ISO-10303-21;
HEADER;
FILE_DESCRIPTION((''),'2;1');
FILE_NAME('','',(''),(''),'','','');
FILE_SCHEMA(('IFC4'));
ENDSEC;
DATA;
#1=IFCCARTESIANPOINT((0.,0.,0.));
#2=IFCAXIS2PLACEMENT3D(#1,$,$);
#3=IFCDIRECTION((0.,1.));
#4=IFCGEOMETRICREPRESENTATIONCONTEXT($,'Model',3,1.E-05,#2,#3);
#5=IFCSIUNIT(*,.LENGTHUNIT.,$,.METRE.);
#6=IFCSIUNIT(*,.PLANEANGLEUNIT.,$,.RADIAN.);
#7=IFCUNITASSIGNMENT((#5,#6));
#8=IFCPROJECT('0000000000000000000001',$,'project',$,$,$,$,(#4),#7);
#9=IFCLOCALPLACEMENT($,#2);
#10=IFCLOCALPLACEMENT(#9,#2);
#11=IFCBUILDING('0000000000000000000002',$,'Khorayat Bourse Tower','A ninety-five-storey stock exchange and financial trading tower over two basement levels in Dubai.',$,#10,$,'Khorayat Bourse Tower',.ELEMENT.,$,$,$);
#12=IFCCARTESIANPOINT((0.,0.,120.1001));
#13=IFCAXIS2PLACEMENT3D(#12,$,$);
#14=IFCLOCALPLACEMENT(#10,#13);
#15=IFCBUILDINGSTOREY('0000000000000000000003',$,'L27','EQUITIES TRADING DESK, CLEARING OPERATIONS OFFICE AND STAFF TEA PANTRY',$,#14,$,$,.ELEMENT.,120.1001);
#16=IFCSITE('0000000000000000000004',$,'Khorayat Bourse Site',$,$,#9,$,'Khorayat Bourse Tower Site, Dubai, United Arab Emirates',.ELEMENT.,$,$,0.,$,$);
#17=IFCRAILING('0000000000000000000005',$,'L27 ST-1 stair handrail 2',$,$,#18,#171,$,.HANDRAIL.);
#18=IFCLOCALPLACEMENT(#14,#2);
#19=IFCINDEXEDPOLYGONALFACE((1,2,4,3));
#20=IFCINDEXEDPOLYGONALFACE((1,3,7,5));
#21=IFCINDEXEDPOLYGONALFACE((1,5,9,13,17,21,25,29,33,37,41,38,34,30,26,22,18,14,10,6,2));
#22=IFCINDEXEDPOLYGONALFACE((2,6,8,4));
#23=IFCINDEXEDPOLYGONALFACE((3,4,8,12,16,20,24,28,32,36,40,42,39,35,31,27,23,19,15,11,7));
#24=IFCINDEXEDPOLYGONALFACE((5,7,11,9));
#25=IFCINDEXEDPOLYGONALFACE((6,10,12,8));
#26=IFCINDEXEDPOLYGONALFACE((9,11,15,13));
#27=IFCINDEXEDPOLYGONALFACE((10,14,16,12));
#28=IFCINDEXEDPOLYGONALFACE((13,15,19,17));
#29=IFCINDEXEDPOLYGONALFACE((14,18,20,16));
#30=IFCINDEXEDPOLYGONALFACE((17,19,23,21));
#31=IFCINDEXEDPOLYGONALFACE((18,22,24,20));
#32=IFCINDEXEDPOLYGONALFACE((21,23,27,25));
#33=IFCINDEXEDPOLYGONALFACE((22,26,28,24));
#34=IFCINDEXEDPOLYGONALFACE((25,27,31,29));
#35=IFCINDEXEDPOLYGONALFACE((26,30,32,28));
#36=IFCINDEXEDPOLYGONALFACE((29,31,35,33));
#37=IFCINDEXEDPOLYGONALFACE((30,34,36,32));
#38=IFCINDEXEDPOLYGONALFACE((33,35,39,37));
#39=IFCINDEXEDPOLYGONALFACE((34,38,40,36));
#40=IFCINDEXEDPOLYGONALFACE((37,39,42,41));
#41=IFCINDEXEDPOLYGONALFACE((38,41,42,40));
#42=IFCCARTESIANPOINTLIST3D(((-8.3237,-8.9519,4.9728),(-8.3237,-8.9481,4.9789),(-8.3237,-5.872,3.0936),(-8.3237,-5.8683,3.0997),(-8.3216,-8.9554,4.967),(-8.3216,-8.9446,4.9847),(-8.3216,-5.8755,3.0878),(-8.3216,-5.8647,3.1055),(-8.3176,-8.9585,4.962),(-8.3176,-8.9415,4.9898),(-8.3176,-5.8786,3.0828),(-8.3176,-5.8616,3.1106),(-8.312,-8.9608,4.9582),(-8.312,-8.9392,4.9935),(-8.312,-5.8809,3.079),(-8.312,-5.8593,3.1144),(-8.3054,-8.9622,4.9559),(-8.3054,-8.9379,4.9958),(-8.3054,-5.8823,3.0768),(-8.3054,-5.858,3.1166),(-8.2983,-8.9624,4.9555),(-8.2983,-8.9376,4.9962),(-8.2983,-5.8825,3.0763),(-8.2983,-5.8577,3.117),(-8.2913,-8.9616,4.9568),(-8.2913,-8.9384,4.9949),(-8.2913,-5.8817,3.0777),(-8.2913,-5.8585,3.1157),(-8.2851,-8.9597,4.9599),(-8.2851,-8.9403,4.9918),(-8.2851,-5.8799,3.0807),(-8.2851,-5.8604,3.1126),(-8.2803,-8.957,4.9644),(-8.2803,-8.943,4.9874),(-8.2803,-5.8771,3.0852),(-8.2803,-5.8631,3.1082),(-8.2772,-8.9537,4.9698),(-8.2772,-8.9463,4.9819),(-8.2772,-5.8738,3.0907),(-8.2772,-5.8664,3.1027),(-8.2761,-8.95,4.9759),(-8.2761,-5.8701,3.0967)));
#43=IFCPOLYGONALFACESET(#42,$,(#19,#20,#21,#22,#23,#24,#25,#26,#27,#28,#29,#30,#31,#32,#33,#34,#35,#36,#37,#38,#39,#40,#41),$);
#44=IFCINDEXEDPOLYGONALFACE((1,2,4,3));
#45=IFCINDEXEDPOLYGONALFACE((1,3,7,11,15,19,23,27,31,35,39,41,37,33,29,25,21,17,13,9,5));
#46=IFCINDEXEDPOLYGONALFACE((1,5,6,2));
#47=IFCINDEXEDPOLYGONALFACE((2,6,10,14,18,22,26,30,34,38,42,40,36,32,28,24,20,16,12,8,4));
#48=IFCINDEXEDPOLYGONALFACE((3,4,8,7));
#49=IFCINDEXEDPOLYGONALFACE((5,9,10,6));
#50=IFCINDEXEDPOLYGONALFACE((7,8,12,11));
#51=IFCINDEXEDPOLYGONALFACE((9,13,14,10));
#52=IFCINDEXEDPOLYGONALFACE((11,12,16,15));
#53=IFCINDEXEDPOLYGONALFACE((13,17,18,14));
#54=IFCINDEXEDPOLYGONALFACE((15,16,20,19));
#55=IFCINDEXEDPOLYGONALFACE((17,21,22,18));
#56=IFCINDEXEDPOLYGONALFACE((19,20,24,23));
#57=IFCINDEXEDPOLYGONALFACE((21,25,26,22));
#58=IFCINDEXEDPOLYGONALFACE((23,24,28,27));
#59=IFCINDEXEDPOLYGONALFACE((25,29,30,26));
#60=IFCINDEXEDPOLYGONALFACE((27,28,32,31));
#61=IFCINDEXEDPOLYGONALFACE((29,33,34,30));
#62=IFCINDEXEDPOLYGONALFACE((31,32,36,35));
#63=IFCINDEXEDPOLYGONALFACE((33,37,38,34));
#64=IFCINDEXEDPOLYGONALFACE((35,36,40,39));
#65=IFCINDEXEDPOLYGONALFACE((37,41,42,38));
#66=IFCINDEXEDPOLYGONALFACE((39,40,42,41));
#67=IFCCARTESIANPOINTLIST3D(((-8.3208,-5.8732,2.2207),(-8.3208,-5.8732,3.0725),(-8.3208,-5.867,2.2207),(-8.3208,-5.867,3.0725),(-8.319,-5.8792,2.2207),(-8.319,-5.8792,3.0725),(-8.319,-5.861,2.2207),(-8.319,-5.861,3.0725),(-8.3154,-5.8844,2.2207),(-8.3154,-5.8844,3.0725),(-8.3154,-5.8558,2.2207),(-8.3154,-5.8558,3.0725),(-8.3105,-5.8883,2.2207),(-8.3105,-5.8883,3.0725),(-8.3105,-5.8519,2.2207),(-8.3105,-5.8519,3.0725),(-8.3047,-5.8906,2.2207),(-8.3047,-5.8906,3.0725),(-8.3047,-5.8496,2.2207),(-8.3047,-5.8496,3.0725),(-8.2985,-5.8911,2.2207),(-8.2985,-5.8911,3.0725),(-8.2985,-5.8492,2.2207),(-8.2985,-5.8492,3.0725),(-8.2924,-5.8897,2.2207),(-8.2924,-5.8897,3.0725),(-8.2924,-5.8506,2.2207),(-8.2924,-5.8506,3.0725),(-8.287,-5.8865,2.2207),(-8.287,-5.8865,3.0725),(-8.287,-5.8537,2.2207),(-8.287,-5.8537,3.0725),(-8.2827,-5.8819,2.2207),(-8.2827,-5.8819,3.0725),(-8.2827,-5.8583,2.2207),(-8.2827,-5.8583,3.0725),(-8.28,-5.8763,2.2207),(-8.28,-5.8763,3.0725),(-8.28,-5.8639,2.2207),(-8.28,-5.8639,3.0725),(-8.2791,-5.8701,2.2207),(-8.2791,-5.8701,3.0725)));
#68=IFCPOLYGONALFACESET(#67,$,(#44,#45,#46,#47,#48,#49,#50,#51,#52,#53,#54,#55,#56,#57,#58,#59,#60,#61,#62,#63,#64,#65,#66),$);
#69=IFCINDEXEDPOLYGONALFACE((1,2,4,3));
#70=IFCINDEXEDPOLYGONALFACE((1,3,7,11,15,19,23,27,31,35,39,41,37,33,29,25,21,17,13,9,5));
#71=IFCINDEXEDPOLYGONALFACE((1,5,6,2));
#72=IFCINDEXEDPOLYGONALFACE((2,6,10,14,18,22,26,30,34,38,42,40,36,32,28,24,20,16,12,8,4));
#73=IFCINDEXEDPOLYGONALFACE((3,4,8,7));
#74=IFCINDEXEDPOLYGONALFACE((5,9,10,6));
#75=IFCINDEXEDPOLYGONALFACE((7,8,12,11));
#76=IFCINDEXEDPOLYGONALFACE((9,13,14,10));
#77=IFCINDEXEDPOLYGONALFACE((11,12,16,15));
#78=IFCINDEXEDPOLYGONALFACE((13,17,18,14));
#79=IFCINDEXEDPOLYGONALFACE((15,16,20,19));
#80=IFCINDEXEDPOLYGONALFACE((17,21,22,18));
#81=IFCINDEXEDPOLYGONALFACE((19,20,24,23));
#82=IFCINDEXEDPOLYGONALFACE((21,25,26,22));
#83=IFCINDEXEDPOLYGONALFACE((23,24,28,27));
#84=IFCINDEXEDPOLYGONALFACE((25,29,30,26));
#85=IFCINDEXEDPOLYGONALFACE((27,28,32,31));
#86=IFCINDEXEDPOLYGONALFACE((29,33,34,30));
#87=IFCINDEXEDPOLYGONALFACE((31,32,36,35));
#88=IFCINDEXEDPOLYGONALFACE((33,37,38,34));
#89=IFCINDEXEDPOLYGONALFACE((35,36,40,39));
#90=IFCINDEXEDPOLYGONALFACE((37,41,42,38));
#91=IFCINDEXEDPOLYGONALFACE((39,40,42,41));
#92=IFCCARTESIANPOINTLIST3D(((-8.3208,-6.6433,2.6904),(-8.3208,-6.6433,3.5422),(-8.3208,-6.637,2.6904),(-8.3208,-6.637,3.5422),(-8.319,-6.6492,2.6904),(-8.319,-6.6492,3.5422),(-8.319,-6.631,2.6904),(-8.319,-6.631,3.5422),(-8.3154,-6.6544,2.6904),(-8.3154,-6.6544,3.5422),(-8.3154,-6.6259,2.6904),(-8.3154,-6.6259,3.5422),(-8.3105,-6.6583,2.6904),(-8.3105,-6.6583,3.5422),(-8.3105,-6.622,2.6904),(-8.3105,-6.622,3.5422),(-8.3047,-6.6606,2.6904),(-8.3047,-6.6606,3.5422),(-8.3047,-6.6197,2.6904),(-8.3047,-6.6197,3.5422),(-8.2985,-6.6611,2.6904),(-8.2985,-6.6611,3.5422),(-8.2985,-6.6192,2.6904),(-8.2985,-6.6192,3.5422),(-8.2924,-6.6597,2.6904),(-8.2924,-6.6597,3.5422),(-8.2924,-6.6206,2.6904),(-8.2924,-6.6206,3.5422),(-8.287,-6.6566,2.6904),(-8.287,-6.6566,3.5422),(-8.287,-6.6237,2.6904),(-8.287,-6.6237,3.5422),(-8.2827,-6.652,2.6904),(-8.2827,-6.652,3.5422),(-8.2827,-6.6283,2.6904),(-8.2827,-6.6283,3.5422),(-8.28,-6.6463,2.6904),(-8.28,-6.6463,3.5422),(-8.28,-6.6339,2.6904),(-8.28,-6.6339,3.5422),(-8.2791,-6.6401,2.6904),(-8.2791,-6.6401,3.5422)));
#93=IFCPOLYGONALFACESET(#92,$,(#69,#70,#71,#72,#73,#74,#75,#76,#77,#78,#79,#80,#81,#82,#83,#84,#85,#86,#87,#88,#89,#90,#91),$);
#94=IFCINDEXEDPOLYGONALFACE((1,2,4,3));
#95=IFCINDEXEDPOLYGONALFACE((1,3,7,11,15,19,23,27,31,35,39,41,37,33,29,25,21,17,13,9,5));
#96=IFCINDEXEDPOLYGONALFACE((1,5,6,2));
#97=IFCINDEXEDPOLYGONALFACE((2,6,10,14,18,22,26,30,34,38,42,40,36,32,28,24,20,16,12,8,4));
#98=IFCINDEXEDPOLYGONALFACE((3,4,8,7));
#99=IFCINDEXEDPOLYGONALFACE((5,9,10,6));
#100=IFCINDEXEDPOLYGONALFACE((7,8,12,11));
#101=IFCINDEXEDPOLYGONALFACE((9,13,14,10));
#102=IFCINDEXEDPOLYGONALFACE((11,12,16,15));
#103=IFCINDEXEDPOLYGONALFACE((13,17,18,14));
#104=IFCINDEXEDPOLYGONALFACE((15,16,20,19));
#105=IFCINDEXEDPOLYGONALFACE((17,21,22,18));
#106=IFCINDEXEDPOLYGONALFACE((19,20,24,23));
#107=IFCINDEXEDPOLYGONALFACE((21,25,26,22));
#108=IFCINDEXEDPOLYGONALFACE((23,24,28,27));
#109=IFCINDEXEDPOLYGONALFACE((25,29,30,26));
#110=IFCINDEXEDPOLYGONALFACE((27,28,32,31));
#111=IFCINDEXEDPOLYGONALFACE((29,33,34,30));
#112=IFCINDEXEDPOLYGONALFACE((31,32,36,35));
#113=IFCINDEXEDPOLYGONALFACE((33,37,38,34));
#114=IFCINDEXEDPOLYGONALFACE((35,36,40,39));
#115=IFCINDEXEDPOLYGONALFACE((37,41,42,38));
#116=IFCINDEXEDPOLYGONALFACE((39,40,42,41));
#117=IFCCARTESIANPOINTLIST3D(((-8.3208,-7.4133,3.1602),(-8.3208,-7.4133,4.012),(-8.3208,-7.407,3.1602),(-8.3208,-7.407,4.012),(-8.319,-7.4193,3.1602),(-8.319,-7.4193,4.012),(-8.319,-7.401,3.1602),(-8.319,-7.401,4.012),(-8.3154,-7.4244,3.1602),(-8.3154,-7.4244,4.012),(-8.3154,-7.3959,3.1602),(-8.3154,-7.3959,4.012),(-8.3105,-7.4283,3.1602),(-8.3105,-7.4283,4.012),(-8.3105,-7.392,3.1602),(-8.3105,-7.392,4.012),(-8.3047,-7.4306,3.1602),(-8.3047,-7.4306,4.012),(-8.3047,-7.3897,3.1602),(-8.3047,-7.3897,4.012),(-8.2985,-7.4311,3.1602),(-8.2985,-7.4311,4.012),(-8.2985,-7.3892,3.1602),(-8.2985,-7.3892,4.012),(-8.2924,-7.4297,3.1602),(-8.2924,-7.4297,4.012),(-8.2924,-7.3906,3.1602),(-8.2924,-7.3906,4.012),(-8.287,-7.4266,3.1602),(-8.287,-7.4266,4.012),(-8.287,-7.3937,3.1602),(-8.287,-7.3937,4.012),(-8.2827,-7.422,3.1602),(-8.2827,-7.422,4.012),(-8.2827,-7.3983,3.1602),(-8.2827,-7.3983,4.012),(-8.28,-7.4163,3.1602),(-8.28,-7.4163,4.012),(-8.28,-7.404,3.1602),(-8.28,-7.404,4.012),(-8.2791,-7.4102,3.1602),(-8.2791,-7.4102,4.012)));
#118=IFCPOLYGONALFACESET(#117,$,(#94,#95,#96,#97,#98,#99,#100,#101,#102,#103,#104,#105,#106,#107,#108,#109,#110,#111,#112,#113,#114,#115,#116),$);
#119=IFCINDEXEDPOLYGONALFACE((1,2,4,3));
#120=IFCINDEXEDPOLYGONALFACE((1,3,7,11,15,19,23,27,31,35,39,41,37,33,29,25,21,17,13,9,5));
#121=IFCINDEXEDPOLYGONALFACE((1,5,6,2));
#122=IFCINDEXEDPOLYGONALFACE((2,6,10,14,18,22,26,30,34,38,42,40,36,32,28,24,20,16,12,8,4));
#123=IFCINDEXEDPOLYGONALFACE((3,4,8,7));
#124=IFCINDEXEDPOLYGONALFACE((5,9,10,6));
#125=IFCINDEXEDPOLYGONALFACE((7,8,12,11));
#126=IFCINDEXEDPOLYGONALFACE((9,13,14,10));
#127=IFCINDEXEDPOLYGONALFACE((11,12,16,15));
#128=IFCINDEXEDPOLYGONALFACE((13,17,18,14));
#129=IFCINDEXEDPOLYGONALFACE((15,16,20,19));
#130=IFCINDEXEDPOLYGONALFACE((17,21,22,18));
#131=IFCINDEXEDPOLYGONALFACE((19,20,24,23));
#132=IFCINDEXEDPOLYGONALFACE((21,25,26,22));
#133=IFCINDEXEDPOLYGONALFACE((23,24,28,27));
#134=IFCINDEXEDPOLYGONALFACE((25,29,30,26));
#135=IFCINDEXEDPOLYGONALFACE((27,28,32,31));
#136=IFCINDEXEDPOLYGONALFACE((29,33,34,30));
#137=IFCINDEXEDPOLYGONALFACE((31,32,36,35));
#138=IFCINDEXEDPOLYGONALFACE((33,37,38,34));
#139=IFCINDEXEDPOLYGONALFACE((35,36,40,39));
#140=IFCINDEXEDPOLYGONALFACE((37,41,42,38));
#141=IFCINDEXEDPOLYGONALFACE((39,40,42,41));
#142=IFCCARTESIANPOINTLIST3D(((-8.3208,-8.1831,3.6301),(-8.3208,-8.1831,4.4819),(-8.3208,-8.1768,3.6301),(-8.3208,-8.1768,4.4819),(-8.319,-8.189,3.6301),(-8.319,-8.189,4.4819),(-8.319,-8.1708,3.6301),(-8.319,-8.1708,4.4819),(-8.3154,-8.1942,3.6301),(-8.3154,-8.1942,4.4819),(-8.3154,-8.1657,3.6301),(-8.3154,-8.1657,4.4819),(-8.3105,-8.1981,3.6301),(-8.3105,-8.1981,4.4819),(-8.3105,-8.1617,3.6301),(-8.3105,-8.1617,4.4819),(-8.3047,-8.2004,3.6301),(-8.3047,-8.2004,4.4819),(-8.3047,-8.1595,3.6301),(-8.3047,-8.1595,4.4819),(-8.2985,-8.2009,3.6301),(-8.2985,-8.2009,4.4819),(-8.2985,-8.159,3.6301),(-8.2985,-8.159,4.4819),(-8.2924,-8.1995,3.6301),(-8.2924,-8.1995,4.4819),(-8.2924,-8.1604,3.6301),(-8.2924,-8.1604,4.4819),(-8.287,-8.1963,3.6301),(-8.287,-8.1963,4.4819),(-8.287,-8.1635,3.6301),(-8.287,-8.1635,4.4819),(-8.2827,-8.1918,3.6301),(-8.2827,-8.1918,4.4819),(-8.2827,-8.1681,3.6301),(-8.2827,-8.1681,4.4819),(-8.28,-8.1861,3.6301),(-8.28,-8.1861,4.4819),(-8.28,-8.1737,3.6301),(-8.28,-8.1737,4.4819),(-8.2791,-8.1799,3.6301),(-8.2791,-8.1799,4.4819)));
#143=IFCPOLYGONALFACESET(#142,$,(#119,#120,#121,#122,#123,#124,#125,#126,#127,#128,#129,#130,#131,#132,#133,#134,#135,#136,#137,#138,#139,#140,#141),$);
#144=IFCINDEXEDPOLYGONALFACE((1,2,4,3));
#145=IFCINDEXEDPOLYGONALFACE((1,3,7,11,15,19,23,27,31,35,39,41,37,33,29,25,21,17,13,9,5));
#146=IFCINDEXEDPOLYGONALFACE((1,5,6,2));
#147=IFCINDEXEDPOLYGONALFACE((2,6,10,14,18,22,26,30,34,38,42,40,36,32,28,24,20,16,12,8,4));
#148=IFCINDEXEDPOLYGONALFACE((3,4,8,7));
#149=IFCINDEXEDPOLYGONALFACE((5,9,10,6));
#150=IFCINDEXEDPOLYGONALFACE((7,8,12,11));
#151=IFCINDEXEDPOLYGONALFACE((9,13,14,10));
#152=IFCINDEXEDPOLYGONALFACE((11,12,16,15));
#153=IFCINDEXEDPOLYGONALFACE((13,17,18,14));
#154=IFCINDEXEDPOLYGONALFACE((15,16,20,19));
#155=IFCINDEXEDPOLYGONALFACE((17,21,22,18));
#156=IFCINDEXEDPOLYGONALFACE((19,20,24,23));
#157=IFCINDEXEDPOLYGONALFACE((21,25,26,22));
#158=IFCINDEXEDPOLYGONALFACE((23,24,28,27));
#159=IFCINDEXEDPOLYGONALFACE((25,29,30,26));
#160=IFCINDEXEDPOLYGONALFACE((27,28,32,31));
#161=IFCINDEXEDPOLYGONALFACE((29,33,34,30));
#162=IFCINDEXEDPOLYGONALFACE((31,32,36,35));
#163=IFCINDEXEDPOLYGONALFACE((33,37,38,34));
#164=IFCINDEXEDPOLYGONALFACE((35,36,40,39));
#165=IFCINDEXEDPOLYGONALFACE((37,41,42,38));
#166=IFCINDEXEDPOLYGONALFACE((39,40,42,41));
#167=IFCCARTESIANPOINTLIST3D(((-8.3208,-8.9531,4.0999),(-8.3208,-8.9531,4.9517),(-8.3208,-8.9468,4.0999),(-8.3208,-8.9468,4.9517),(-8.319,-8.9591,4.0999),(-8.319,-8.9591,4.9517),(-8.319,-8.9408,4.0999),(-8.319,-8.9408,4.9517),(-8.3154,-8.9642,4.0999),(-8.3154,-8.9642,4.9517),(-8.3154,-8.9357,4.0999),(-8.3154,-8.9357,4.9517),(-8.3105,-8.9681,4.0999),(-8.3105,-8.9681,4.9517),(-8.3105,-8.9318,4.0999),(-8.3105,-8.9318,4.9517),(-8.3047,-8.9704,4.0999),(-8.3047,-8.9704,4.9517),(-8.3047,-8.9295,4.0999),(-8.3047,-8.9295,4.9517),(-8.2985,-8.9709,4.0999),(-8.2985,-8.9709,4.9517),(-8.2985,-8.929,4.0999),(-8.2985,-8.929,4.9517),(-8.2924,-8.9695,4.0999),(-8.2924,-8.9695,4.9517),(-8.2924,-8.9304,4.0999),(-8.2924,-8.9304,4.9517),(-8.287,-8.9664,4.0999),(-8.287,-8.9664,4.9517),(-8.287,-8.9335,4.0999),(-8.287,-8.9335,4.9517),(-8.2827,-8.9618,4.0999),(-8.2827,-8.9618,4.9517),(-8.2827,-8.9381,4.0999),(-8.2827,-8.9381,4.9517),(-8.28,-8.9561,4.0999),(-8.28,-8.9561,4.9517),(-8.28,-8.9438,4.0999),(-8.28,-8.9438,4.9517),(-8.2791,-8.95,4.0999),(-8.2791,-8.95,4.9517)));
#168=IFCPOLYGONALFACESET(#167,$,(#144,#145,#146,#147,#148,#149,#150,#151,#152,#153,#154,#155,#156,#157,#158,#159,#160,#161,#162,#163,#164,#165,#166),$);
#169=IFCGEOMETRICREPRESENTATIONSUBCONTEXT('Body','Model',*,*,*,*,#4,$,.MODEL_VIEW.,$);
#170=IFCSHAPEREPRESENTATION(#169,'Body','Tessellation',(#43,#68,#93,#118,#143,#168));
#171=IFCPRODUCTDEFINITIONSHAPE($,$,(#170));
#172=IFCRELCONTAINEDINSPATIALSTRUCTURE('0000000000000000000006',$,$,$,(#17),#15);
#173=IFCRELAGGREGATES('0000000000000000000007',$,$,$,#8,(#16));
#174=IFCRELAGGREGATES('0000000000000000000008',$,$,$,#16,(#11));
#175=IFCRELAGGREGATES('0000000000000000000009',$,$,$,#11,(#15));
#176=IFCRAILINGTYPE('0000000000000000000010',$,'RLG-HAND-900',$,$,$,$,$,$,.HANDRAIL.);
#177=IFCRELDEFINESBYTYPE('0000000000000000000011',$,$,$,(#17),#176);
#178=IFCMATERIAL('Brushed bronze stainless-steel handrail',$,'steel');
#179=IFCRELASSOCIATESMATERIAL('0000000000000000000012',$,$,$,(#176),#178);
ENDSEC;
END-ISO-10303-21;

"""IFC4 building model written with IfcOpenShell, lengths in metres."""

from ifc_helpers import new_model, si_unit, direction, frame, origin, origin_2d, place, context, subcontext, project, spatial, circle, extrude, source, transform, mapped, material, type_object, element, save


model = new_model("IFC4")

# Units and contexts
model_context = context("Model", 3, precision=1e-05, world=origin(), true_north=direction((0.0, 1.0)))
body_context = subcontext(model_context, "Body", "Model", "MODEL_VIEW")
ifc_project = project(units=[si_unit("LENGTHUNIT", "METRE"), si_unit("PLANEANGLEUNIT", "RADIAN")], contexts=[model_context])

# Site, building, storey
site_placement = place(None, origin())
site = spatial("IfcSite", under=ifc_project, at=site_placement, Name="Khorayat Bourse Site", LongName="Khorayat Bourse Tower Site, Dubai, United Arab Emirates", CompositionType="ELEMENT", RefElevation=0.0)
building_placement = place(site_placement, origin())
building = spatial("IfcBuilding", under=site, at=building_placement, Name="Khorayat Bourse Tower", Description="A ninety-five-storey stock exchange and financial trading tower over two basement levels in Dubai.", LongName="Khorayat Bourse Tower", CompositionType="ELEMENT")
storey_placement = place(building_placement, frame((0.0, 0.0, 120.1001)))
storey = spatial("IfcBuildingStorey", under=building, at=storey_placement, Name="L27", Description="EQUITIES TRADING DESK, CLEARING OPERATIONS OFFICE AND STAFF TEA PANTRY", CompositionType="ELEMENT", Elevation=120.1001)

# Railing
ifc_material_1 = material(Name="Brushed bronze stainless-steel handrail", Category="steel")
railing_type_1 = type_object("IfcRailingType", Name="RLG-HAND-900", PredefinedType="HANDRAIL", material=ifc_material_1)
shared_shape_1 = source(origin(), body_context, "Body", "SweptSolid", [
    extrude(circle(Radius=0.0239, at=origin_2d()), frame((0.0, 0.0, 0.876), z_axis=(0.0, -0.853648, 0.52085), x_axis=(1.0, 0.0, 0.0)), (0.0, 0.0, 1.0), 3.6079),
    extrude(circle(Radius=0.021, at=origin_2d()), origin(), (0.0, 0.0, 1.0), 0.8518),
    extrude(circle(Radius=0.021, at=origin_2d()), frame((0.0, -0.77, 0.4697)), (0.0, 0.0, 1.0), 0.8518),
    extrude(circle(Radius=0.021, at=origin_2d()), frame((0.0, -1.54, 0.9395)), (0.0, 0.0, 1.0), 0.8518),
    extrude(circle(Radius=0.021, at=origin_2d()), frame((0.0, -2.3098, 1.4094)), (0.0, 0.0, 1.0), 0.8518),
    extrude(circle(Radius=0.021, at=origin_2d()), frame((0.0, -3.0798, 1.8792)), (0.0, 0.0, 1.0), 0.8518),
])
railing_1_placement = place(storey_placement, frame((-8.3, -5.8701, 2.2207)))
element("IfcRailing", 1, at=railing_1_placement, inside=storey, type_object=railing_type_1, Name="L27 ST-1 stair handrail 2", PredefinedType="HANDRAIL", context=body_context, shape_type="MappedRepresentation", body=[
    mapped(shared_shape_1, transform((0.0, 0.0, 0.0), scale=1.0)),
])

save(model, "model.ifc")
